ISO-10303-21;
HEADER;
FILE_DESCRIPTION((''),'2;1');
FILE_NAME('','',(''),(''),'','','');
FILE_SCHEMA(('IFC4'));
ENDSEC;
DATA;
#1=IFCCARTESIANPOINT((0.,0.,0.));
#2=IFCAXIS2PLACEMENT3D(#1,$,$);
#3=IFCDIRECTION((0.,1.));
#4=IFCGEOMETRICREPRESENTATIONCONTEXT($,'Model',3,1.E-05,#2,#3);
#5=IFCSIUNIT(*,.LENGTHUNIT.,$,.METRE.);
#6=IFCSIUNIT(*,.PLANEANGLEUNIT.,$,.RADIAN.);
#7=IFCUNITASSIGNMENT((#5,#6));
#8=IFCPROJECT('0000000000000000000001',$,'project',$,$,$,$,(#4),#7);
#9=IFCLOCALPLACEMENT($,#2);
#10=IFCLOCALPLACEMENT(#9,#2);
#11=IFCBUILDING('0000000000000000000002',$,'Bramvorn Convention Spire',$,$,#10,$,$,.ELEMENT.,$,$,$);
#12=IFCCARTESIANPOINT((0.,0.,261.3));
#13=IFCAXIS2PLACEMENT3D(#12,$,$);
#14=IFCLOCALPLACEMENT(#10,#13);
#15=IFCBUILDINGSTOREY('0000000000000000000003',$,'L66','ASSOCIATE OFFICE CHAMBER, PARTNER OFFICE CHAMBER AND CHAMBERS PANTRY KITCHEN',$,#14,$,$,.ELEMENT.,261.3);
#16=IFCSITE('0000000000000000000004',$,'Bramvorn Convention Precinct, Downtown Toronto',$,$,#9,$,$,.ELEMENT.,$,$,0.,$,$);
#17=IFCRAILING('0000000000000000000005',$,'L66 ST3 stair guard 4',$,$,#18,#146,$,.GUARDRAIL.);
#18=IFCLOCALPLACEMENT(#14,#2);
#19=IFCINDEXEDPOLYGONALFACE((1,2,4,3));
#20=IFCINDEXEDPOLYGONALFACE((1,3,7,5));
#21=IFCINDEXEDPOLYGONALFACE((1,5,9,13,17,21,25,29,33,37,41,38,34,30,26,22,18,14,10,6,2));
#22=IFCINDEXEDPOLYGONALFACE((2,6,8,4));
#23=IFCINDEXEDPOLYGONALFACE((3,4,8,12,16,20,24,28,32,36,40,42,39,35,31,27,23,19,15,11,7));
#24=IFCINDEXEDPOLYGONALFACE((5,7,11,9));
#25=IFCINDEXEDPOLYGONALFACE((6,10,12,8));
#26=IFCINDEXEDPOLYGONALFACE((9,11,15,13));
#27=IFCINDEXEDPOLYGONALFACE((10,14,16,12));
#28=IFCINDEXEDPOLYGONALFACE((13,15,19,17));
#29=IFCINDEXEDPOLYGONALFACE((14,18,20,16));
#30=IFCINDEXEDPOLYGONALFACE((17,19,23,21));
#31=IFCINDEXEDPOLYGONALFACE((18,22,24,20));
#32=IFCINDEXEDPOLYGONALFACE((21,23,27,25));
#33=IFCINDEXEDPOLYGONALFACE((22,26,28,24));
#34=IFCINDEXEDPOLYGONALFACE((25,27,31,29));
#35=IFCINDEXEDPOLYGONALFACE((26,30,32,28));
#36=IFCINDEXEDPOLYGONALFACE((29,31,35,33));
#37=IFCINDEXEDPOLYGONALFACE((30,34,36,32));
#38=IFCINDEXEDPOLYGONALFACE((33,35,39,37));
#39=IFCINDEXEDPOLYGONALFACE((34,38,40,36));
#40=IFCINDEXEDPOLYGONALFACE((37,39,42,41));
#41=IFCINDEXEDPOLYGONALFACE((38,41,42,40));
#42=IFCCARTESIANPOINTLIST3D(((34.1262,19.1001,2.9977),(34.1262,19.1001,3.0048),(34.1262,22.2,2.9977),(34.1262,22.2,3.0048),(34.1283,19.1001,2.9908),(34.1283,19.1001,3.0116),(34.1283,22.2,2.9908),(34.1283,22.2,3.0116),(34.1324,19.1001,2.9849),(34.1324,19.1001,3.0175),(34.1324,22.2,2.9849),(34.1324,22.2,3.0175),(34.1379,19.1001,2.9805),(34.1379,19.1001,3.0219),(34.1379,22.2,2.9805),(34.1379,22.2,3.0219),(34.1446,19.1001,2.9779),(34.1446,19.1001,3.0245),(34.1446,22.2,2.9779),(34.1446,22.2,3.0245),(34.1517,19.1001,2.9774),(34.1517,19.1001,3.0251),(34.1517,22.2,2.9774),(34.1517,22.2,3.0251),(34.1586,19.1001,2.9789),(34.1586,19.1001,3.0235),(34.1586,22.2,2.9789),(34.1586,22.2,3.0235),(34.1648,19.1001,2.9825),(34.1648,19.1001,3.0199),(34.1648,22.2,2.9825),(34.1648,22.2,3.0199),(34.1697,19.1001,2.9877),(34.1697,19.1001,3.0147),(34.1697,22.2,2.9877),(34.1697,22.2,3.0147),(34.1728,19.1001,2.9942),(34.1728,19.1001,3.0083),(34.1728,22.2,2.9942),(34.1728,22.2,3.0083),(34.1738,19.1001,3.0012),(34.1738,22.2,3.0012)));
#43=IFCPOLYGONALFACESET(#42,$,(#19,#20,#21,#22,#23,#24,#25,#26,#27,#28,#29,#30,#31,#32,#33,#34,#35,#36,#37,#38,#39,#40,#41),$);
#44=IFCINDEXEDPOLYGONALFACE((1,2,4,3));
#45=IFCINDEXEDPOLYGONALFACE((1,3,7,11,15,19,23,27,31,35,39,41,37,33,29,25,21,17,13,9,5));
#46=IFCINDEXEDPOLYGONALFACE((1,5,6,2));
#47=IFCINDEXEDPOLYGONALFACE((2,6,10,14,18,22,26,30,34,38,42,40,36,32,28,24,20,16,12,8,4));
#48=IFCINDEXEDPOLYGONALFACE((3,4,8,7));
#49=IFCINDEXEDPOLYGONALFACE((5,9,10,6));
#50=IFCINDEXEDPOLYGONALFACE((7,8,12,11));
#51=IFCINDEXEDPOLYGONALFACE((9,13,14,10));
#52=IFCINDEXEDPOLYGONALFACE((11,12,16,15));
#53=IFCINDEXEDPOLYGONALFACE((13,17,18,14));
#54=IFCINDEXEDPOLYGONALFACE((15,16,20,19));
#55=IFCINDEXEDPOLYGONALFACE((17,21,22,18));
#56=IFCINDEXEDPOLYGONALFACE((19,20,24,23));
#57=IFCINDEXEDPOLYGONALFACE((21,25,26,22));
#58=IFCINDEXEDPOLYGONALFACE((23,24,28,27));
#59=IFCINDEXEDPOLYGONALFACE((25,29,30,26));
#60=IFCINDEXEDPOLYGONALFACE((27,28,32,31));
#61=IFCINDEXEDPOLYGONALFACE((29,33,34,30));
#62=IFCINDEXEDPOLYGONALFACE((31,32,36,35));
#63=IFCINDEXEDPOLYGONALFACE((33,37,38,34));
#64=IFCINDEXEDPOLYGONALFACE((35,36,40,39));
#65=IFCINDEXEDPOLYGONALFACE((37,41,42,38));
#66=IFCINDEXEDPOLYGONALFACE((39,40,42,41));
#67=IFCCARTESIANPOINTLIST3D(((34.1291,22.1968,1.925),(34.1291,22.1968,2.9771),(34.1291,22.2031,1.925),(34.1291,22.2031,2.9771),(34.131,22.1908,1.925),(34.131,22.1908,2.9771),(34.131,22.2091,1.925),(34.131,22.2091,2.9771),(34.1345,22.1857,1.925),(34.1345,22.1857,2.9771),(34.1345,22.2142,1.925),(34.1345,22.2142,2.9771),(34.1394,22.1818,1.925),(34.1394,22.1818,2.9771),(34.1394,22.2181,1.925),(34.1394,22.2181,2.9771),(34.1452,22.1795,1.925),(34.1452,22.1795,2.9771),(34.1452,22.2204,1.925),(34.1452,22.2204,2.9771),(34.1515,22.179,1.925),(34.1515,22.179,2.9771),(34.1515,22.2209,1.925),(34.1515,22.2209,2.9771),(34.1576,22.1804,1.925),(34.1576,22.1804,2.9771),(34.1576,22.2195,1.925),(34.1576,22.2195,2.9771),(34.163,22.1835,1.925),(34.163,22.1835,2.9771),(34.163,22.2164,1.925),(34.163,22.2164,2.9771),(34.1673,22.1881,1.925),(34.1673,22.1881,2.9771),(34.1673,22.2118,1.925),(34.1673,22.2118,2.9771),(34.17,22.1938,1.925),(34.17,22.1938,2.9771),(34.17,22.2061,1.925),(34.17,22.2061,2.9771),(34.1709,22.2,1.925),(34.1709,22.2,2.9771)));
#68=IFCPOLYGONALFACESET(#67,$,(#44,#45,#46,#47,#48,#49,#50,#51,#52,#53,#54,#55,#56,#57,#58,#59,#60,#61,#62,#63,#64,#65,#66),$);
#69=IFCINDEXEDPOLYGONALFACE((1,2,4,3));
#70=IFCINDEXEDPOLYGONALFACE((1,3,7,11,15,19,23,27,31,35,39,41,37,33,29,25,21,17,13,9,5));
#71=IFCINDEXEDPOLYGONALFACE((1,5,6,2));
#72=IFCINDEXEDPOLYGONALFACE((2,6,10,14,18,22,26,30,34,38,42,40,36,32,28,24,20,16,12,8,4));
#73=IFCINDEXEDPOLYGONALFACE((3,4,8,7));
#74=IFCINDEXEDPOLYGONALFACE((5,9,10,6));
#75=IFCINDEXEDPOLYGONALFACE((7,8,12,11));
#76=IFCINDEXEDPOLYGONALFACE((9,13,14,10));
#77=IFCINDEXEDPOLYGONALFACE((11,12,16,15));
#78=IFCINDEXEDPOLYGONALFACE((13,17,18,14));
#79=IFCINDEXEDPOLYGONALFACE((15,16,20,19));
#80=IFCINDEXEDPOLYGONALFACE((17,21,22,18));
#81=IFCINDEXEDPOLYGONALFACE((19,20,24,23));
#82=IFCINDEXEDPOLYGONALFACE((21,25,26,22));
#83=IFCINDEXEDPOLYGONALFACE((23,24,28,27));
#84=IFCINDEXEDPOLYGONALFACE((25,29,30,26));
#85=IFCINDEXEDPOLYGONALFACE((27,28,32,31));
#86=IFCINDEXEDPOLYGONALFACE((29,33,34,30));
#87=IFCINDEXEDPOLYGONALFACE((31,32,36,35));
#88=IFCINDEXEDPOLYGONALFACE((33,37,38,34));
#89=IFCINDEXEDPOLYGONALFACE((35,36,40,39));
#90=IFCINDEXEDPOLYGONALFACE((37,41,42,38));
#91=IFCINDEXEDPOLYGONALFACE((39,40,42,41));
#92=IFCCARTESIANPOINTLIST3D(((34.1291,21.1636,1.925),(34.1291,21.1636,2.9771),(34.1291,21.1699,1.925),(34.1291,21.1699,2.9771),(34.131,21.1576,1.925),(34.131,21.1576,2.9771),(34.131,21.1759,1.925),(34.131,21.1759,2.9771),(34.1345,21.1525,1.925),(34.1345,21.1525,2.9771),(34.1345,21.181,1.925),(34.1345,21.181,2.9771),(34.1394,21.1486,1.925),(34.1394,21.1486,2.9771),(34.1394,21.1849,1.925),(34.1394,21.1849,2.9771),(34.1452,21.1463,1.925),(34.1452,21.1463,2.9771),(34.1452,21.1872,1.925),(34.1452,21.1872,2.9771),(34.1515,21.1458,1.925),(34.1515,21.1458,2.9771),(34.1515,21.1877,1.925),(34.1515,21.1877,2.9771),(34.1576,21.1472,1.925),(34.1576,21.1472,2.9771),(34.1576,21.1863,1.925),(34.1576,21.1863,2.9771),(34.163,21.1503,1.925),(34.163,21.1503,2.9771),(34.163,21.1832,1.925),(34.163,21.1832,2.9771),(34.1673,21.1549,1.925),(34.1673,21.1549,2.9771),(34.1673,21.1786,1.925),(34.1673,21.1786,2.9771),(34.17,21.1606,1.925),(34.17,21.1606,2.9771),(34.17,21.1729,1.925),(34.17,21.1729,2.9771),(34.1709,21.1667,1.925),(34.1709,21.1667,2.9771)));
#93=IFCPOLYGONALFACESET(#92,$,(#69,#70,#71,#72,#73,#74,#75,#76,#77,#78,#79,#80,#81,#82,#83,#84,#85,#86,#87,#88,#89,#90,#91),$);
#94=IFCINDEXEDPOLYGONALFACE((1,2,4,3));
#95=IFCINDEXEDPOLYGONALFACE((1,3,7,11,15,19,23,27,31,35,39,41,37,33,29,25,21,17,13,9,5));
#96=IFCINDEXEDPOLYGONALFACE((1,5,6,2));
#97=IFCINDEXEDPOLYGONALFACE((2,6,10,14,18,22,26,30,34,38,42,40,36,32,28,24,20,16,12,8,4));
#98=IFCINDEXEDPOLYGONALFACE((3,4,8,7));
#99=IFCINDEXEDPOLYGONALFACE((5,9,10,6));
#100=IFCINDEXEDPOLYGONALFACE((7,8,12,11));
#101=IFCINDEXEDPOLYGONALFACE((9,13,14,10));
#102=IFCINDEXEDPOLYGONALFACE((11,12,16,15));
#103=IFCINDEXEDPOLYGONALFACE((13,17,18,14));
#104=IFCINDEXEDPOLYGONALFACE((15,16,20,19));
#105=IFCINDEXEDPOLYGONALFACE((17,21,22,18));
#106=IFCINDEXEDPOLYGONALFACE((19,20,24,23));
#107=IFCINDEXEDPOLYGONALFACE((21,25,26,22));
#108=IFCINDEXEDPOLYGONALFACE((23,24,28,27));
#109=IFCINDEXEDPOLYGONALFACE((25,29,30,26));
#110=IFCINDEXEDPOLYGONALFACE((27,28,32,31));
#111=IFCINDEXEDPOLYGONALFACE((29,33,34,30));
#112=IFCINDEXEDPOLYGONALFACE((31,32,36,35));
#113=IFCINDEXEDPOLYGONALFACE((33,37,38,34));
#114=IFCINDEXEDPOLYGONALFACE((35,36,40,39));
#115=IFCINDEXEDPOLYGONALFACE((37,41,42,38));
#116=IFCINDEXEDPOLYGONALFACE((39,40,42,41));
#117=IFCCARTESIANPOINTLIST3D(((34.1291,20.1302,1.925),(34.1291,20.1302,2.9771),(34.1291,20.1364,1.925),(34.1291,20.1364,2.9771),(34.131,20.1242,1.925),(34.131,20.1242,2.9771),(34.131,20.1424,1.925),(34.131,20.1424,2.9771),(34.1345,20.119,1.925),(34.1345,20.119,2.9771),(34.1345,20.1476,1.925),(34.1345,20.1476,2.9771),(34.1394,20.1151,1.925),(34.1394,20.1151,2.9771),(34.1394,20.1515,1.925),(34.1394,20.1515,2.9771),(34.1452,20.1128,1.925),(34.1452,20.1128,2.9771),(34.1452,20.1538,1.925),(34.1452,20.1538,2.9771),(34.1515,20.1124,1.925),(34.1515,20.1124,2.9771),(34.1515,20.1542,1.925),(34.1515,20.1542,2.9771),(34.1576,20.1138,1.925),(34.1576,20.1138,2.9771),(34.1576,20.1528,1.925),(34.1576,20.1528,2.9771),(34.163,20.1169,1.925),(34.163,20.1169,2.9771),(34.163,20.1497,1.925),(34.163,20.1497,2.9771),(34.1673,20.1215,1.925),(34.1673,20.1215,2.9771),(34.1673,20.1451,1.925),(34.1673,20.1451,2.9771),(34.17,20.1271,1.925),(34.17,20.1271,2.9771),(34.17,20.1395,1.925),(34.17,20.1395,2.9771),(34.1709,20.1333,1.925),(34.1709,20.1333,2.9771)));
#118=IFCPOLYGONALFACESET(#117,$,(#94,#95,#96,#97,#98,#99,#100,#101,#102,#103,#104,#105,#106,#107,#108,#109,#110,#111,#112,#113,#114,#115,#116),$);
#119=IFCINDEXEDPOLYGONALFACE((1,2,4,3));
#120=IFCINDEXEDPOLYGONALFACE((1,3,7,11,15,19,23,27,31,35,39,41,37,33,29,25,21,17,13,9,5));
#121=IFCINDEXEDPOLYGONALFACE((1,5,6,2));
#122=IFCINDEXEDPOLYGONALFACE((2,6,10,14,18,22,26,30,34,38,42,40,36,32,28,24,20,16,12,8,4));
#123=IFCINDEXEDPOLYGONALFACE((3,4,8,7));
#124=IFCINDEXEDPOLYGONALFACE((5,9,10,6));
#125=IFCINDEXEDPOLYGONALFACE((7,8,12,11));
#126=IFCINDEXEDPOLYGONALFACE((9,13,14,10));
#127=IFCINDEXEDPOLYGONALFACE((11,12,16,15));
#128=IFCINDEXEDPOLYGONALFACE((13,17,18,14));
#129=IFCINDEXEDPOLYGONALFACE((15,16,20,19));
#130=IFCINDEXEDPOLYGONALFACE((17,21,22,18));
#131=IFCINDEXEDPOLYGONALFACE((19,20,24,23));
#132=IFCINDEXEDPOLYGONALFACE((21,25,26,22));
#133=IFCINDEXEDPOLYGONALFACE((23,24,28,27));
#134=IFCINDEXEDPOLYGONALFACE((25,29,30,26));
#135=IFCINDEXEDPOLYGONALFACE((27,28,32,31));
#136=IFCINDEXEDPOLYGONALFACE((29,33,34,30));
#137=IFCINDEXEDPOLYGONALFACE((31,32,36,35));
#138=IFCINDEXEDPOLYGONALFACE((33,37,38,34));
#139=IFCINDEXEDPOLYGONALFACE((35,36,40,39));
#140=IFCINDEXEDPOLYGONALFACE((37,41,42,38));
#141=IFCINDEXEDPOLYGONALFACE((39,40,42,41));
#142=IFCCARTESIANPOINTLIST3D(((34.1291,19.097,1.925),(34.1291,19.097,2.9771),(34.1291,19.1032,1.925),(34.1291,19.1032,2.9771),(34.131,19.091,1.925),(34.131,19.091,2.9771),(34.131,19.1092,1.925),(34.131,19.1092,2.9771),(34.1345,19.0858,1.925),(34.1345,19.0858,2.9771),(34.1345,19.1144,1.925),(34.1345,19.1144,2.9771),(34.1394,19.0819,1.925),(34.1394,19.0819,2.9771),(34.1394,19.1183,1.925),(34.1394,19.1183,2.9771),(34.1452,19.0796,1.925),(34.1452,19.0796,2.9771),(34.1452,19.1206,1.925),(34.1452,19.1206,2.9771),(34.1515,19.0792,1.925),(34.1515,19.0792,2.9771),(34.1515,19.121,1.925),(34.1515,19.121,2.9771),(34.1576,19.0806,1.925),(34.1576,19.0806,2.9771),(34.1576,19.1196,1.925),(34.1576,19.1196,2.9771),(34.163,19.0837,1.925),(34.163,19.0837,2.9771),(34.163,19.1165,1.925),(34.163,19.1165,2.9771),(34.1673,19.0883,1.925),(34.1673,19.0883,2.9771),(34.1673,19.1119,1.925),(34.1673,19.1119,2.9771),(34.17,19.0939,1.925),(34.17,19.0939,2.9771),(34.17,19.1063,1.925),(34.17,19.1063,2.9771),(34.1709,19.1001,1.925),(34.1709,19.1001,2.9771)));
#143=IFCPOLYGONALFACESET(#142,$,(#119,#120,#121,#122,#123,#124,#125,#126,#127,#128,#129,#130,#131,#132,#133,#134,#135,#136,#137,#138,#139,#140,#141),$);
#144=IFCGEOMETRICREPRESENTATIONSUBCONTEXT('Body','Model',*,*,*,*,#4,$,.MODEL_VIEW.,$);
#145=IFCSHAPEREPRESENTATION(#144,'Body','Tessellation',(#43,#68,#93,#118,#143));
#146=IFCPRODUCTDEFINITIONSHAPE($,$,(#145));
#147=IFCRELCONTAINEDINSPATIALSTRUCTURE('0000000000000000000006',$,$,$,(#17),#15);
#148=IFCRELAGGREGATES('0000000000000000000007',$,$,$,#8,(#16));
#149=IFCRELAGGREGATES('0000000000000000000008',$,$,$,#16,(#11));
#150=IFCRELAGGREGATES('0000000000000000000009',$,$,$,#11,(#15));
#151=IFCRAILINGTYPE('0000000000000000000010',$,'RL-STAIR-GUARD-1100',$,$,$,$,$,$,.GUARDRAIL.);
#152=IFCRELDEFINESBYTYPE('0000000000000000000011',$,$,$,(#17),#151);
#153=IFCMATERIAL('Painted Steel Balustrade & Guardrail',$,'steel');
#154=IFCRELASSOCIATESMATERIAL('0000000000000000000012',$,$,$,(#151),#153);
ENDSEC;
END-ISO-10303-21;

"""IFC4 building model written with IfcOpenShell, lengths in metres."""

from ifc_helpers import new_model, si_unit, direction, frame, origin, origin_2d, place, context, subcontext, project, spatial, circle, extrude, material, type_object, element, save


model = new_model("IFC4")

# Units and contexts
model_context = context("Model", 3, precision=1e-05, world=origin(), true_north=direction((0.0, 1.0)))
body_context = subcontext(model_context, "Body", "Model", "MODEL_VIEW")
ifc_project = project(units=[si_unit("LENGTHUNIT", "METRE"), si_unit("PLANEANGLEUNIT", "RADIAN")], contexts=[model_context])

# Site, building, storey
site_placement = place(None, origin())
site = spatial("IfcSite", under=ifc_project, at=site_placement, Name="Bramvorn Convention Precinct, Downtown Toronto", CompositionType="ELEMENT", RefElevation=0.0)
building_placement = place(site_placement, origin())
building = spatial("IfcBuilding", under=site, at=building_placement, Name="Bramvorn Convention Spire", CompositionType="ELEMENT")
storey_placement = place(building_placement, frame((0.0, 0.0, 261.3)))
storey = spatial("IfcBuildingStorey", under=building, at=storey_placement, Name="L66", Description="ASSOCIATE OFFICE CHAMBER, PARTNER OFFICE CHAMBER AND CHAMBERS PANTRY KITCHEN", CompositionType="ELEMENT", Elevation=261.3)

# Railing
ifc_material_1 = material(Name="Painted Steel Balustrade & Guardrail", Category="steel")
railing_type_1 = type_object("IfcRailingType", Name="RL-STAIR-GUARD-1100", PredefinedType="GUARDRAIL", material=ifc_material_1)
for number, where, name in (
    (1, (34.1499, 22.2, 1.925), "L66 ST3 stair guard 4"),
):
    element("IfcRailing", number, at=place(storey_placement, frame(where)), inside=storey, type_object=railing_type_1, Name=name, PredefinedType="GUARDRAIL", context=body_context, shape_type="SweptSolid", body=[
        extrude(circle(Radius=0.0239, at=origin_2d()), frame((0.0, 0.0, 1.0762), z_axis=(0.0, -1.0, 0.0), x_axis=(1.0, 0.0, 0.0)), (0.0, 0.0, 1.0), 3.0999),
        extrude(circle(Radius=0.021, at=origin_2d()), origin(), (0.0, 0.0, 1.0), 1.052),
        extrude(circle(Radius=0.021, at=origin_2d()), frame((0.0, -1.0332, 0.0)), (0.0, 0.0, 1.0), 1.052),
        extrude(circle(Radius=0.021, at=origin_2d()), frame((0.0, -2.0667, 0.0)), (0.0, 0.0, 1.0), 1.052),
        extrude(circle(Radius=0.021, at=origin_2d()), frame((0.0, -3.0999, 0.0)), (0.0, 0.0, 1.0), 1.052),
    ])

save(model, "model.ifc")
